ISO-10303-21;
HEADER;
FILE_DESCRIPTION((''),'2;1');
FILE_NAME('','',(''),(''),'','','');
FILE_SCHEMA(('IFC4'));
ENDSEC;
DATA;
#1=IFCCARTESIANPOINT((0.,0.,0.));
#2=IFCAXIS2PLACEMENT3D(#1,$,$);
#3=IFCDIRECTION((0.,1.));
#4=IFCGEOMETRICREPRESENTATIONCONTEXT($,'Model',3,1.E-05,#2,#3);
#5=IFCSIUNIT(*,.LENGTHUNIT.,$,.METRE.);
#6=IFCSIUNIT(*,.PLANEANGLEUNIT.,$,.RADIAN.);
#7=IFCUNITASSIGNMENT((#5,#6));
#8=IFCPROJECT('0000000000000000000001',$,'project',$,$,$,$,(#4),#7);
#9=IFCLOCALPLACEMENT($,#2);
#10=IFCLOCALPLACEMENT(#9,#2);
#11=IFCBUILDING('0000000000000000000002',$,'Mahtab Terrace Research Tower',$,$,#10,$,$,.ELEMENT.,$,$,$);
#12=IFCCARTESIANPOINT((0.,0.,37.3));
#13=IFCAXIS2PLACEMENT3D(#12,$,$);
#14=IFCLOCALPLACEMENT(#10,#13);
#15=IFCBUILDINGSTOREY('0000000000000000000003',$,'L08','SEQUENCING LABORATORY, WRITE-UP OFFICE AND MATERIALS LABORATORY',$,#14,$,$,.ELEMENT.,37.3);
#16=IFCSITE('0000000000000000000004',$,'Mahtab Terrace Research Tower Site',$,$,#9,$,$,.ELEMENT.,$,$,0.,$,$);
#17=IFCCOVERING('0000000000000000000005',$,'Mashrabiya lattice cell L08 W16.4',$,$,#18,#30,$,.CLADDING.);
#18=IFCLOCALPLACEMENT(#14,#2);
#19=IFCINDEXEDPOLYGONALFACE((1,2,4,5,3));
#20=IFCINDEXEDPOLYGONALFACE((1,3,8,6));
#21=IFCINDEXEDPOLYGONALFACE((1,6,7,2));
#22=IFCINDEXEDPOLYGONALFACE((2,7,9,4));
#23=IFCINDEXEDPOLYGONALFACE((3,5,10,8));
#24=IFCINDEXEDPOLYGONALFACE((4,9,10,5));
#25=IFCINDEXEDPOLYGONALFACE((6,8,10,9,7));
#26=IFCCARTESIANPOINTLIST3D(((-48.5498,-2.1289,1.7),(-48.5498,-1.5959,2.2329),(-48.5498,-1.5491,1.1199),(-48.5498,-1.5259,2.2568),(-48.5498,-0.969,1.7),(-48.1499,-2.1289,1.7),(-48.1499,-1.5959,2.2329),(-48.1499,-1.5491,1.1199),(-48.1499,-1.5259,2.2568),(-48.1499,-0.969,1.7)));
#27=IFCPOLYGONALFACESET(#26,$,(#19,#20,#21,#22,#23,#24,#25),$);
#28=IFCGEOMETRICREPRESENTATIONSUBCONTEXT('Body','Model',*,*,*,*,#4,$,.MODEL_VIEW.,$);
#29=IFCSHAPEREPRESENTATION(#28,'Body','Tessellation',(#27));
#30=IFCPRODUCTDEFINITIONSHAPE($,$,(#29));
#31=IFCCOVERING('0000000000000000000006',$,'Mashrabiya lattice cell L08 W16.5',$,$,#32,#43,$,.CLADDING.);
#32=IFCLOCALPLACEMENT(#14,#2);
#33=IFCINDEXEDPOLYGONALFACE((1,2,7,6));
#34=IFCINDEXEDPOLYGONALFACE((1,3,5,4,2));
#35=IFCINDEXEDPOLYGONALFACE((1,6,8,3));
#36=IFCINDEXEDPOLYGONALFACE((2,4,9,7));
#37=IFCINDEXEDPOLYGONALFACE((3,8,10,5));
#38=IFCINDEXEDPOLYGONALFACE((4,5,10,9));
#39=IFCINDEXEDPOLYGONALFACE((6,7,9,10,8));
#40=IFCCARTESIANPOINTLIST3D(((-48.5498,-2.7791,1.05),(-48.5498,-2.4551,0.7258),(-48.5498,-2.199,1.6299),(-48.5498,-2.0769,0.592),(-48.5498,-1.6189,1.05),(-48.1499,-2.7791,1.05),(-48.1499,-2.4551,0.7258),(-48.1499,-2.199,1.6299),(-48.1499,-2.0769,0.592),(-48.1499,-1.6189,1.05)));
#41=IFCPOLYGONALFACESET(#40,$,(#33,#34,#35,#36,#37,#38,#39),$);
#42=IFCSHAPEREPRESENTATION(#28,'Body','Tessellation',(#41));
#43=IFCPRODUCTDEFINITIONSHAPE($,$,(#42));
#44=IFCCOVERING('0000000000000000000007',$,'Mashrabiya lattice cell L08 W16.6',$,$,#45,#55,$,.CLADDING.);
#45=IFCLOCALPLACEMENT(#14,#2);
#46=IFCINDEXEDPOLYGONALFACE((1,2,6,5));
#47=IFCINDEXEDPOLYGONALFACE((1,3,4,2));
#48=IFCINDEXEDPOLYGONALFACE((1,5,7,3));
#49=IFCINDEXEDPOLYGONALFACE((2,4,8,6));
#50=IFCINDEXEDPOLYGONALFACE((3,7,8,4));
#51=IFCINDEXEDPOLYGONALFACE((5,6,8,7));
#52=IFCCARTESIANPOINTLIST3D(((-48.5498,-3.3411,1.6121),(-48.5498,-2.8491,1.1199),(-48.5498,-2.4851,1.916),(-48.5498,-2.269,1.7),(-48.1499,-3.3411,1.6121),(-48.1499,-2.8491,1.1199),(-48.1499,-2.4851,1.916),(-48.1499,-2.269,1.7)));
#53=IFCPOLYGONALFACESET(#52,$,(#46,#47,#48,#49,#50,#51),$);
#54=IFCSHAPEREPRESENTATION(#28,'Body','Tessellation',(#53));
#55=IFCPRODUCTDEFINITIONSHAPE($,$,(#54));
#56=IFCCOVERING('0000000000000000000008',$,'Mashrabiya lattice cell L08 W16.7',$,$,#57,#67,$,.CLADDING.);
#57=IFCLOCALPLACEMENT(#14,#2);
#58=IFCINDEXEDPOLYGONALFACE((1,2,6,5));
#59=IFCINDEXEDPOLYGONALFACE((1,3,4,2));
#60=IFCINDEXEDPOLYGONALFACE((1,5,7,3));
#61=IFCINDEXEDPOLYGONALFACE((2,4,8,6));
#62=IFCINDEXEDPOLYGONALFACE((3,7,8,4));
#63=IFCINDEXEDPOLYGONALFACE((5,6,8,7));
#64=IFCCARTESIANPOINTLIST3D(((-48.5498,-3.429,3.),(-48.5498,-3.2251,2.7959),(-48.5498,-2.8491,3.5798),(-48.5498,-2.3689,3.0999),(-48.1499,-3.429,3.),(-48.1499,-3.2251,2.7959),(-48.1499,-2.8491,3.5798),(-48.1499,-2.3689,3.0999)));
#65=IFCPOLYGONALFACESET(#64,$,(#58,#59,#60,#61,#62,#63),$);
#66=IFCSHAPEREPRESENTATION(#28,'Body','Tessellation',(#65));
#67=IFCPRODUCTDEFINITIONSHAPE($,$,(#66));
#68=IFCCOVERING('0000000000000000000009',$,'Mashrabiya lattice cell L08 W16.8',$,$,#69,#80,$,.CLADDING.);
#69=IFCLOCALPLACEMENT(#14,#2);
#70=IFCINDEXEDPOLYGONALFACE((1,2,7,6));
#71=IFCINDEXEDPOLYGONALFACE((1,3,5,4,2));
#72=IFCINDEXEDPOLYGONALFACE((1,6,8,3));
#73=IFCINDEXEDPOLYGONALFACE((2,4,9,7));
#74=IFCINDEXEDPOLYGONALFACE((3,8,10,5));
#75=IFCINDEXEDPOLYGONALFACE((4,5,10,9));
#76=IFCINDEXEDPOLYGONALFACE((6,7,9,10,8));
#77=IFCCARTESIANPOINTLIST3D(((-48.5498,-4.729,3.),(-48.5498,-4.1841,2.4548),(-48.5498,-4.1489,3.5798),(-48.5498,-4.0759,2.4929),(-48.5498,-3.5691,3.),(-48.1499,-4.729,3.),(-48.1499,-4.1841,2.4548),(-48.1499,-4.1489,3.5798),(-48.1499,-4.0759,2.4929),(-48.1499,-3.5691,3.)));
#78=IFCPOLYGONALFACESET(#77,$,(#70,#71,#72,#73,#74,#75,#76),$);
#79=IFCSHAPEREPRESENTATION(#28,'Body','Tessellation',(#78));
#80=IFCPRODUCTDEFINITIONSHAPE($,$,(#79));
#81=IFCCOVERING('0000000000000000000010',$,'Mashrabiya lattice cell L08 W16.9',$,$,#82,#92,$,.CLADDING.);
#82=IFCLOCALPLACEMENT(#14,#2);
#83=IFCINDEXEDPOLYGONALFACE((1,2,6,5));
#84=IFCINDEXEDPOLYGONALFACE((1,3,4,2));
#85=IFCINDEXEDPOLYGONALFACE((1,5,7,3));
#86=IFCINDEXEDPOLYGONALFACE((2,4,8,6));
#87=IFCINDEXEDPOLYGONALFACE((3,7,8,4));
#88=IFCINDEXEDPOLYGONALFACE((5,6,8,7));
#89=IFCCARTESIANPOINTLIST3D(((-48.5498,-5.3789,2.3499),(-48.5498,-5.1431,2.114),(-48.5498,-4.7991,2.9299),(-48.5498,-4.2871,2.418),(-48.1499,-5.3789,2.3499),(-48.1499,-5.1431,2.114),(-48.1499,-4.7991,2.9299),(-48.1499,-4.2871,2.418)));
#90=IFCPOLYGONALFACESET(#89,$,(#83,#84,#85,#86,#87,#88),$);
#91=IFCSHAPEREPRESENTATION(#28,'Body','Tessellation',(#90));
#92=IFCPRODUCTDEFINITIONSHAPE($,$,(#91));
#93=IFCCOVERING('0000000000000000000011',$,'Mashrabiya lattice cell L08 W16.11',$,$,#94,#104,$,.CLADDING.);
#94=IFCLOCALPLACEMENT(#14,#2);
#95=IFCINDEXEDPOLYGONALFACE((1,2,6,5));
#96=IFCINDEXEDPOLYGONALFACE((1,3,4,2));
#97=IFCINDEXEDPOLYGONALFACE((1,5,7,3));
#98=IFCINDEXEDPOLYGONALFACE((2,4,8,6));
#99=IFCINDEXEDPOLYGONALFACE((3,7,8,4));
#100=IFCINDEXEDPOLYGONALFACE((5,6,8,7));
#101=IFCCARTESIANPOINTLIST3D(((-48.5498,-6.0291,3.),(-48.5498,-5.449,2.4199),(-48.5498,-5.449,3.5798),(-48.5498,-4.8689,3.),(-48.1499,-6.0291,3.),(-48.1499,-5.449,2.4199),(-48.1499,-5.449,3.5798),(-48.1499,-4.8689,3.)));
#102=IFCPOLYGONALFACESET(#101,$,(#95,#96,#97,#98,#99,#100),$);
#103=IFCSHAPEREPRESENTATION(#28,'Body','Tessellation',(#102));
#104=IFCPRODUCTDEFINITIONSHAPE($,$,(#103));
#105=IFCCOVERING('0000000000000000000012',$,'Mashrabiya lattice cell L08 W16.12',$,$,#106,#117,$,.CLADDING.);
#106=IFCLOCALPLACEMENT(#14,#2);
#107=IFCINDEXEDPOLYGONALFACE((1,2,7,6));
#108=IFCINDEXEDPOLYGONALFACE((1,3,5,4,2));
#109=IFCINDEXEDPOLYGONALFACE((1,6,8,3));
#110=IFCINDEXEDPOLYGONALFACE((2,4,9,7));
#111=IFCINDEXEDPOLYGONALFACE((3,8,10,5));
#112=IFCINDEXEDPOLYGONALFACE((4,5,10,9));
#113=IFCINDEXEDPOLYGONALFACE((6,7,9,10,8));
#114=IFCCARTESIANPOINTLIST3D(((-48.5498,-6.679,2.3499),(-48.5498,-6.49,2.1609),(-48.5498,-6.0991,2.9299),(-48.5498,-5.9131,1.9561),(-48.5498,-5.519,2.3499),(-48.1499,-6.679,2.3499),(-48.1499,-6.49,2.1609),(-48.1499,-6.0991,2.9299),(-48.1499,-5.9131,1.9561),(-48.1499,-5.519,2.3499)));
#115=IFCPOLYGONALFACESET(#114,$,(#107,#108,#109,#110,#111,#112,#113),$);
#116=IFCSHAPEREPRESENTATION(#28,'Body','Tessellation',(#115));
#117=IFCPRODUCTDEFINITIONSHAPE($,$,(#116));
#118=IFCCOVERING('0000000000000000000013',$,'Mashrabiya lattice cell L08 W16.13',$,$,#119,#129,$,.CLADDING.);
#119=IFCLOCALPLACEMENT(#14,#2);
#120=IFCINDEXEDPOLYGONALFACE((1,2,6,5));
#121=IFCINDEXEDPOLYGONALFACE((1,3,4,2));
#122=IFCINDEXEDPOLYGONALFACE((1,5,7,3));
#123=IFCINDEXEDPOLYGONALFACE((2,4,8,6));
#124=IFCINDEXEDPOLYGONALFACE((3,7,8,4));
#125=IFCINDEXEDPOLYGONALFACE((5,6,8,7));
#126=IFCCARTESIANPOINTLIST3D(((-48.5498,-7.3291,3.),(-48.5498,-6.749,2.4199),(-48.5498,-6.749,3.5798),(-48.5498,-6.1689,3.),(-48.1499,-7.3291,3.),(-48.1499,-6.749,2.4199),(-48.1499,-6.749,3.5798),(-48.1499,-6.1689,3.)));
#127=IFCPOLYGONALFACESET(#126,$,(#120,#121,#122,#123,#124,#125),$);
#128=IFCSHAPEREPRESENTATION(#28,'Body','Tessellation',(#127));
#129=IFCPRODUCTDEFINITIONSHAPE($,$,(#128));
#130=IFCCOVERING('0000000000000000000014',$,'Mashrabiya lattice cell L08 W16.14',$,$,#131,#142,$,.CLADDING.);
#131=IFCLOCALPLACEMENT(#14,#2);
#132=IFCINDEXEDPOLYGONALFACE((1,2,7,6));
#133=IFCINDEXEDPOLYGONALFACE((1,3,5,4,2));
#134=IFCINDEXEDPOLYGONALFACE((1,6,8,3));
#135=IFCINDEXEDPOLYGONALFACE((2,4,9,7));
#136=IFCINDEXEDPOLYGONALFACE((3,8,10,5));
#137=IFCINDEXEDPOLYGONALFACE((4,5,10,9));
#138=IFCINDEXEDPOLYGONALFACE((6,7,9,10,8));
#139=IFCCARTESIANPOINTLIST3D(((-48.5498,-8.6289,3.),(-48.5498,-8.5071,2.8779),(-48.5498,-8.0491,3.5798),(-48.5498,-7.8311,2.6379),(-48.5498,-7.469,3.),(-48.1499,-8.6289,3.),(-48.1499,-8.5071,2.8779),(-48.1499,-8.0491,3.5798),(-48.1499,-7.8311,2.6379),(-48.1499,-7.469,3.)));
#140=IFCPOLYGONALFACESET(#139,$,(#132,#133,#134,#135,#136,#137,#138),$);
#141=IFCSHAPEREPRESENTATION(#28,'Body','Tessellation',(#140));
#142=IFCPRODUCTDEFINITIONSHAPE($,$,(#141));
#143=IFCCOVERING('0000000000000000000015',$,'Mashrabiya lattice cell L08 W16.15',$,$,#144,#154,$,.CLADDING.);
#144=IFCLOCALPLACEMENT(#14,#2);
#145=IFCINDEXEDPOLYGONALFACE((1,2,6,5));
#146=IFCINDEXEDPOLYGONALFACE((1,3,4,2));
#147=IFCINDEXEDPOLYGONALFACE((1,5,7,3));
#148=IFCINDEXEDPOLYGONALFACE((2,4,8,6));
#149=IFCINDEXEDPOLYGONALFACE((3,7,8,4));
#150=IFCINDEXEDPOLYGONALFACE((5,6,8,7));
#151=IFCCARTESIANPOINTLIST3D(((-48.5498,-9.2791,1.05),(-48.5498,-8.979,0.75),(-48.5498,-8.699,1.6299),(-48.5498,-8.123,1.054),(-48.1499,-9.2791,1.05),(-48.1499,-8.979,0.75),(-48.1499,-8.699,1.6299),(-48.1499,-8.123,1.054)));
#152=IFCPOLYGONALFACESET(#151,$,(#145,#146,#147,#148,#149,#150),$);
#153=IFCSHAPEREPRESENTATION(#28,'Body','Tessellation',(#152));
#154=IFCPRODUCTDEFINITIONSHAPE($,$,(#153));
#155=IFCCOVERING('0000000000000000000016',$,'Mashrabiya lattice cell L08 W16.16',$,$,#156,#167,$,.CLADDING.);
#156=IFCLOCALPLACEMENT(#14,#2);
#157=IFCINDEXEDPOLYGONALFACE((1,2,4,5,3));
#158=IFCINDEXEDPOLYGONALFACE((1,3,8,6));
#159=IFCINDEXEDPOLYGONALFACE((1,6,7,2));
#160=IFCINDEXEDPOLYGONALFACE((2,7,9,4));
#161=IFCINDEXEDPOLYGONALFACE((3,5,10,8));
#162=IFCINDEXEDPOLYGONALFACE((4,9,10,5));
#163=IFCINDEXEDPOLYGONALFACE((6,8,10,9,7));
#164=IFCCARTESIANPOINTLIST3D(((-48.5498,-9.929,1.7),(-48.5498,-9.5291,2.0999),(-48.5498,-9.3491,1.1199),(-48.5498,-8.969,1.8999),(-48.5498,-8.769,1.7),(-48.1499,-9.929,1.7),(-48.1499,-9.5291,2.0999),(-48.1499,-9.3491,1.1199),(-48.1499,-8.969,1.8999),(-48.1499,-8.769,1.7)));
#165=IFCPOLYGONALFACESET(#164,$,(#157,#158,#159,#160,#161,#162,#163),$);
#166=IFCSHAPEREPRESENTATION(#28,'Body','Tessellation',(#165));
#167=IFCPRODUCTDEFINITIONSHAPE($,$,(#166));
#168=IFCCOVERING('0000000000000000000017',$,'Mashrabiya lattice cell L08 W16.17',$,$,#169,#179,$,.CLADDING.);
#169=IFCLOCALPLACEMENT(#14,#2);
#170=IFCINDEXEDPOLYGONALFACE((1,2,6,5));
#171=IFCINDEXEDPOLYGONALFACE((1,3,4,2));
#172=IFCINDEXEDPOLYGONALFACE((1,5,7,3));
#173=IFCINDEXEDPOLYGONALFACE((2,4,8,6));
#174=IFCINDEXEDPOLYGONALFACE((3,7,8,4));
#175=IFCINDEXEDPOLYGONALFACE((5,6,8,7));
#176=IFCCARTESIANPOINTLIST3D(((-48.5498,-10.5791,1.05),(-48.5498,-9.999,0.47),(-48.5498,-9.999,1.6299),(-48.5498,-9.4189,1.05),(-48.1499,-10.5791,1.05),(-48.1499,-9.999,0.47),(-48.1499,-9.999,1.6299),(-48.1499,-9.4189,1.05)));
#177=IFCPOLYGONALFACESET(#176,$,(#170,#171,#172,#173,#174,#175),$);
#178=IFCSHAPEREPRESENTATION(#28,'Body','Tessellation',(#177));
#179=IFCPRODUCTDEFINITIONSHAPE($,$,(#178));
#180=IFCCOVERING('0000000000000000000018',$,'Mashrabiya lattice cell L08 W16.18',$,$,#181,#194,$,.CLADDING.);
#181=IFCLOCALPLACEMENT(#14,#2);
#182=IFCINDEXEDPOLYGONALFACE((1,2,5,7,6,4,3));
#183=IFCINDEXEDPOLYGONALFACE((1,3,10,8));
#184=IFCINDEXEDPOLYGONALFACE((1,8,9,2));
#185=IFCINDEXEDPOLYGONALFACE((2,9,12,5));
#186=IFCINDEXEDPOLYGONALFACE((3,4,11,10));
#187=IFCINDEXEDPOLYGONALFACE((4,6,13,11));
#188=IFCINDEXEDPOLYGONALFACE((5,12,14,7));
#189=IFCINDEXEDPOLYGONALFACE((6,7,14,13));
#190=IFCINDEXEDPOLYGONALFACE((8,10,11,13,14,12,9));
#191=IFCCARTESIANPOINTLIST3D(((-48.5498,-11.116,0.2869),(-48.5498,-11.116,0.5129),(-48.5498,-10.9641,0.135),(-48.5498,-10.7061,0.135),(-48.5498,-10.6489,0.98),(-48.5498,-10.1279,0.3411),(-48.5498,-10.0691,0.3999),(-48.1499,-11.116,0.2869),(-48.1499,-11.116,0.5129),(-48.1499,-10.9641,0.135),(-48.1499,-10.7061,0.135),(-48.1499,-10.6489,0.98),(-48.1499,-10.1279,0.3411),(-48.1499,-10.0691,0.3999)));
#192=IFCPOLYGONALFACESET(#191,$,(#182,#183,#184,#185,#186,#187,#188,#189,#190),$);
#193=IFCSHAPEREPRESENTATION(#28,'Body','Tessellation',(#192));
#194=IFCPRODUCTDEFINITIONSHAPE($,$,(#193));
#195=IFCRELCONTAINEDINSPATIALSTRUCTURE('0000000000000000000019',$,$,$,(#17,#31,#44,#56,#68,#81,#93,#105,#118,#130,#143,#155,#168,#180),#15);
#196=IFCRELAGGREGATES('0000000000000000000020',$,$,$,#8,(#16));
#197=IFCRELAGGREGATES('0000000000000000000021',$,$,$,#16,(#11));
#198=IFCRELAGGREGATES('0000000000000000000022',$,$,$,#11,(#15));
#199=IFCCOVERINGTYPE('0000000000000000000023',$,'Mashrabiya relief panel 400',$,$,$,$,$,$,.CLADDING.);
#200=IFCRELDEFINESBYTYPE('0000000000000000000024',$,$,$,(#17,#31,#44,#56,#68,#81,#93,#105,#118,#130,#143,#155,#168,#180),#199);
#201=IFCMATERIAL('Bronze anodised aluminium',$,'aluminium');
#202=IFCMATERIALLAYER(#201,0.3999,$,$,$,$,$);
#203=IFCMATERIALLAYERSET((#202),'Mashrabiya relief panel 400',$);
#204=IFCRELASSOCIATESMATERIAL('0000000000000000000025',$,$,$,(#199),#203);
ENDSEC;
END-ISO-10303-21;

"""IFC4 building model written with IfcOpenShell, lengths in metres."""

from ifc_helpers import new_model, si_unit, direction, frame, origin, place, context, subcontext, project, spatial, polyline, outline, extrude, material, layer, layer_set, type_object, element, save


model = new_model("IFC4")

# Units and contexts
model_context = context("Model", 3, precision=1e-05, world=origin(), true_north=direction((0.0, 1.0)))
body_context = subcontext(model_context, "Body", "Model", "MODEL_VIEW")
ifc_project = project(units=[si_unit("LENGTHUNIT", "METRE"), si_unit("PLANEANGLEUNIT", "RADIAN")], contexts=[model_context])

# Site, building, storey
site_placement = place(None, origin())
site = spatial("IfcSite", under=ifc_project, at=site_placement, Name="Mahtab Terrace Research Tower Site", CompositionType="ELEMENT", RefElevation=0.0)
building_placement = place(site_placement, origin())
building = spatial("IfcBuilding", under=site, at=building_placement, Name="Mahtab Terrace Research Tower", CompositionType="ELEMENT")
storey_placement = place(building_placement, frame((0.0, 0.0, 37.3)))
storey = spatial("IfcBuildingStorey", under=building, at=storey_placement, Name="L08", Description="SEQUENCING LABORATORY, WRITE-UP OFFICE AND MATERIALS LABORATORY", CompositionType="ELEMENT", Elevation=37.3)

# Coverings
ifc_material = material(Name="Bronze anodised aluminium", Category="aluminium")
ifc_layer = layer(ifc_material, 0.3999)
ifc_layer_set = layer_set([ifc_layer], Name="Mashrabiya relief panel 400")
covering_type = type_object("IfcCoveringType", Name="Mashrabiya relief panel 400", PredefinedType="CLADDING", material=ifc_layer_set)
covering_1_placement = place(storey_placement, frame((-48.1499, -2.1289, 1.7), z_axis=(1.0, 0.0, 0.0), x_axis=(0.0, 0.706958, -0.707256)))
element("IfcCovering", 1, at=covering_1_placement, inside=storey, type_object=covering_type, Name="Mashrabiya lattice cell L08 W16.4", PredefinedType="CLADDING", context=body_context, shape_type="SweptSolid", body=[
    extrude(outline(polyline([(0.0, 0.0), (0.8202, 0.0), (0.82, 0.8204), (0.0325, 0.8202), (-0.0002, 0.7537), (0.0, 0.0)])), origin(), (0.0, 0.0, -1.0), 0.3999),
])
covering_2_placement = place(storey_placement, frame((-48.1499, -1.6189, 1.05), z_axis=(1.0, 0.0, 0.0), x_axis=(0.0, -0.707256, 0.706958)))
element("IfcCovering", 2, at=covering_2_placement, inside=storey, type_object=covering_type, Name="Mashrabiya lattice cell L08 W16.5", PredefinedType="CLADDING", context=body_context, shape_type="SweptSolid", body=[
    extrude(outline(polyline([(0.0, 0.0), (0.8202, 0.0), (0.8205, 0.8202), (0.3622, 0.8205), (0.0001, 0.6477), (0.0, 0.0)])), origin(), (0.0, 0.0, -1.0), 0.3999),
])
covering_3_placement = place(storey_placement, frame((-48.1499, -2.8491, 1.1199), z_axis=(1.0, 0.0, 0.0), x_axis=(0.0, 0.707107, 0.707107)))
element("IfcCovering", 3, at=covering_3_placement, inside=storey, type_object=covering_type, Name="Mashrabiya lattice cell L08 W16.6", PredefinedType="CLADDING", context=body_context, shape_type="SweptSolid", body=[
    extrude(outline(polyline([(0.0, 0.0), (0.8204, 0.0), (0.8204, 0.3056), (0.0002, 0.6959), (0.0, 0.0)])), origin(), (0.0, 0.0, -1.0), 0.3999),
])
covering_4_placement = place(storey_placement, frame((-48.1499, -2.8491, 3.5798), z_axis=(1.0, 0.0, 0.0), x_axis=(0.0, -0.707107, -0.707107)))
element("IfcCovering", 4, at=covering_4_placement, inside=storey, type_object=covering_type, Name="Mashrabiya lattice cell L08 W16.7", PredefinedType="CLADDING", context=body_context, shape_type="SweptSolid", body=[
    extrude(outline(polyline([(0.0, 0.0), (0.82, 0.0), (0.8202, 0.2885), (-0.0002, 0.679), (0.0, 0.0)])), origin(), (0.0, 0.0, -1.0), 0.3999),
])
covering_5_placement = place(storey_placement, frame((-48.1499, -3.5691, 3.0), z_axis=(1.0, 0.0, 0.0), x_axis=(0.0, -0.707107, 0.707107)))
element("IfcCovering", 5, at=covering_5_placement, inside=storey, type_object=covering_type, Name="Mashrabiya lattice cell L08 W16.8", PredefinedType="CLADDING", context=body_context, shape_type="SweptSolid", body=[
    extrude(outline(polyline([(0.0, 0.0), (0.82, 0.0), (0.8202, 0.8202), (0.0494, 0.8204), (-0.0002, 0.7169), (0.0, 0.0)])), origin(), (0.0, 0.0, -1.0), 0.3999),
])
covering_6_placement = place(storey_placement, frame((-48.1499, -4.7991, 2.9299), z_axis=(1.0, 0.0, 0.0), x_axis=(0.0, -0.706958, -0.707256)))
element("IfcCovering", 6, at=covering_6_placement, inside=storey, type_object=covering_type, Name="Mashrabiya lattice cell L08 W16.9", PredefinedType="CLADDING", context=body_context, shape_type="SweptSolid", body=[
    extrude(outline(polyline([(0.0, 0.0), (0.8202, 0.0), (0.8203, 0.3335), (0.0002, 0.724), (0.0, 0.0)])), origin(), (0.0, 0.0, -1.0), 0.3999),
])
covering_7_placement = place(storey_placement, frame((-48.1499, -5.449, 3.5798), z_axis=(1.0, 0.0, 0.0), x_axis=(0.0, -0.707256, -0.706958)))
element("IfcCovering", 7, at=covering_7_placement, inside=storey, type_object=covering_type, Name="Mashrabiya lattice cell L08 W16.11", PredefinedType="CLADDING", context=body_context, shape_type="SweptSolid", body=[
    extrude(outline(polyline([(0.0, 0.0), (0.8202, 0.0), (0.82, 0.8204), (-0.0003, 0.8202), (0.0, 0.0)])), origin(), (0.0, 0.0, -1.0), 0.3999),
])
covering_8_placement = place(storey_placement, frame((-48.1499, -5.519, 2.3499), z_axis=(1.0, 0.0, 0.0), x_axis=(0.0, -0.707107, 0.707107)))
element("IfcCovering", 8, at=covering_8_placement, inside=storey, type_object=covering_type, Name="Mashrabiya lattice cell L08 W16.12", PredefinedType="CLADDING", context=body_context, shape_type="SweptSolid", body=[
    extrude(outline(polyline([(0.0, 0.0), (0.8204, 0.0), (0.8202, 0.8202), (0.5529, 0.8202), (0.0002, 0.5571), (0.0, 0.0)])), origin(), (0.0, 0.0, -1.0), 0.3999),
])
covering_9_placement = place(storey_placement, frame((-48.1499, -6.749, 3.5798), z_axis=(1.0, 0.0, 0.0), x_axis=(0.0, -0.707256, -0.706958)))
element("IfcCovering", 9, at=covering_9_placement, inside=storey, type_object=covering_type, Name="Mashrabiya lattice cell L08 W16.13", PredefinedType="CLADDING", context=body_context, shape_type="SweptSolid", body=[
    extrude(outline(polyline([(0.0, 0.0), (0.8202, 0.0), (0.82, 0.8204), (-0.0003, 0.8202), (0.0, 0.0)])), origin(), (0.0, 0.0, -1.0), 0.3999),
])
covering_10_placement = place(storey_placement, frame((-48.1499, -7.469, 3.0), z_axis=(1.0, 0.0, 0.0), x_axis=(0.0, -0.707256, 0.706958)))
element("IfcCovering", 10, at=covering_10_placement, inside=storey, type_object=covering_type, Name="Mashrabiya lattice cell L08 W16.14", PredefinedType="CLADDING", context=body_context, shape_type="SweptSolid", body=[
    extrude(outline(polyline([(0.0, 0.0), (0.8202, 0.0), (0.8204, 0.82), (0.6479, 0.8202), (0.0001, 0.512), (0.0, 0.0)])), origin(), (0.0, 0.0, -1.0), 0.3999),
])
covering_11_placement = place(storey_placement, frame((-48.1499, -8.699, 1.6299), z_axis=(1.0, 0.0, 0.0), x_axis=(0.0, -0.707256, -0.706958)))
element("IfcCovering", 11, at=covering_11_placement, inside=storey, type_object=covering_type, Name="Mashrabiya lattice cell L08 W16.15", PredefinedType="CLADDING", context=body_context, shape_type="SweptSolid", body=[
    extrude(outline(polyline([(0.0, 0.0), (0.8202, 0.0), (0.8201, 0.4243), (-0.0002, 0.8145), (0.0, 0.0)])), origin(), (0.0, 0.0, -1.0), 0.3999),
])
covering_12_placement = place(storey_placement, frame((-48.1499, -9.929, 1.7), z_axis=(1.0, 0.0, 0.0), x_axis=(0.0, 0.706958, -0.707256)))
element("IfcCovering", 12, at=covering_12_placement, inside=storey, type_object=covering_type, Name="Mashrabiya lattice cell L08 W16.16", PredefinedType="CLADDING", context=body_context, shape_type="SweptSolid", body=[
    extrude(outline(polyline([(0.0, 0.0), (0.8202, 0.0), (0.82, 0.8204), (0.5372, 0.8203), (-0.0001, 0.5655), (0.0, 0.0)])), origin(), (0.0, 0.0, -1.0), 0.3999),
])
covering_13_placement = place(storey_placement, frame((-48.1499, -9.999, 1.6299), z_axis=(1.0, 0.0, 0.0), x_axis=(0.0, -0.707256, -0.706958)))
element("IfcCovering", 13, at=covering_13_placement, inside=storey, type_object=covering_type, Name="Mashrabiya lattice cell L08 W16.17", PredefinedType="CLADDING", context=body_context, shape_type="SweptSolid", body=[
    extrude(outline(polyline([(0.0, 0.0), (0.8202, 0.0), (0.82, 0.8204), (-0.0003, 0.8202), (0.0, 0.0)])), origin(), (0.0, 0.0, -1.0), 0.3999),
])
covering_14_placement = place(storey_placement, frame((-48.1499, -10.0691, 0.3999), z_axis=(1.0, 0.0, 0.0), x_axis=(0.0, -0.706958, 0.707256)))
element("IfcCovering", 14, at=covering_14_placement, inside=storey, type_object=covering_type, Name="Mashrabiya lattice cell L08 W16.18", PredefinedType="CLADDING", context=body_context, shape_type="SweptSolid", body=[
    extrude(outline(polyline([(0.0, 0.0), (0.8202, 0.0), (0.82, 0.6605), (0.6602, 0.8203), (0.4454, 0.8203), (0.263, 0.6378), (0.0, 0.0832), (0.0, 0.0)])), origin(), (0.0, 0.0, -1.0), 0.3999),
])

save(model, "model.ifc")
